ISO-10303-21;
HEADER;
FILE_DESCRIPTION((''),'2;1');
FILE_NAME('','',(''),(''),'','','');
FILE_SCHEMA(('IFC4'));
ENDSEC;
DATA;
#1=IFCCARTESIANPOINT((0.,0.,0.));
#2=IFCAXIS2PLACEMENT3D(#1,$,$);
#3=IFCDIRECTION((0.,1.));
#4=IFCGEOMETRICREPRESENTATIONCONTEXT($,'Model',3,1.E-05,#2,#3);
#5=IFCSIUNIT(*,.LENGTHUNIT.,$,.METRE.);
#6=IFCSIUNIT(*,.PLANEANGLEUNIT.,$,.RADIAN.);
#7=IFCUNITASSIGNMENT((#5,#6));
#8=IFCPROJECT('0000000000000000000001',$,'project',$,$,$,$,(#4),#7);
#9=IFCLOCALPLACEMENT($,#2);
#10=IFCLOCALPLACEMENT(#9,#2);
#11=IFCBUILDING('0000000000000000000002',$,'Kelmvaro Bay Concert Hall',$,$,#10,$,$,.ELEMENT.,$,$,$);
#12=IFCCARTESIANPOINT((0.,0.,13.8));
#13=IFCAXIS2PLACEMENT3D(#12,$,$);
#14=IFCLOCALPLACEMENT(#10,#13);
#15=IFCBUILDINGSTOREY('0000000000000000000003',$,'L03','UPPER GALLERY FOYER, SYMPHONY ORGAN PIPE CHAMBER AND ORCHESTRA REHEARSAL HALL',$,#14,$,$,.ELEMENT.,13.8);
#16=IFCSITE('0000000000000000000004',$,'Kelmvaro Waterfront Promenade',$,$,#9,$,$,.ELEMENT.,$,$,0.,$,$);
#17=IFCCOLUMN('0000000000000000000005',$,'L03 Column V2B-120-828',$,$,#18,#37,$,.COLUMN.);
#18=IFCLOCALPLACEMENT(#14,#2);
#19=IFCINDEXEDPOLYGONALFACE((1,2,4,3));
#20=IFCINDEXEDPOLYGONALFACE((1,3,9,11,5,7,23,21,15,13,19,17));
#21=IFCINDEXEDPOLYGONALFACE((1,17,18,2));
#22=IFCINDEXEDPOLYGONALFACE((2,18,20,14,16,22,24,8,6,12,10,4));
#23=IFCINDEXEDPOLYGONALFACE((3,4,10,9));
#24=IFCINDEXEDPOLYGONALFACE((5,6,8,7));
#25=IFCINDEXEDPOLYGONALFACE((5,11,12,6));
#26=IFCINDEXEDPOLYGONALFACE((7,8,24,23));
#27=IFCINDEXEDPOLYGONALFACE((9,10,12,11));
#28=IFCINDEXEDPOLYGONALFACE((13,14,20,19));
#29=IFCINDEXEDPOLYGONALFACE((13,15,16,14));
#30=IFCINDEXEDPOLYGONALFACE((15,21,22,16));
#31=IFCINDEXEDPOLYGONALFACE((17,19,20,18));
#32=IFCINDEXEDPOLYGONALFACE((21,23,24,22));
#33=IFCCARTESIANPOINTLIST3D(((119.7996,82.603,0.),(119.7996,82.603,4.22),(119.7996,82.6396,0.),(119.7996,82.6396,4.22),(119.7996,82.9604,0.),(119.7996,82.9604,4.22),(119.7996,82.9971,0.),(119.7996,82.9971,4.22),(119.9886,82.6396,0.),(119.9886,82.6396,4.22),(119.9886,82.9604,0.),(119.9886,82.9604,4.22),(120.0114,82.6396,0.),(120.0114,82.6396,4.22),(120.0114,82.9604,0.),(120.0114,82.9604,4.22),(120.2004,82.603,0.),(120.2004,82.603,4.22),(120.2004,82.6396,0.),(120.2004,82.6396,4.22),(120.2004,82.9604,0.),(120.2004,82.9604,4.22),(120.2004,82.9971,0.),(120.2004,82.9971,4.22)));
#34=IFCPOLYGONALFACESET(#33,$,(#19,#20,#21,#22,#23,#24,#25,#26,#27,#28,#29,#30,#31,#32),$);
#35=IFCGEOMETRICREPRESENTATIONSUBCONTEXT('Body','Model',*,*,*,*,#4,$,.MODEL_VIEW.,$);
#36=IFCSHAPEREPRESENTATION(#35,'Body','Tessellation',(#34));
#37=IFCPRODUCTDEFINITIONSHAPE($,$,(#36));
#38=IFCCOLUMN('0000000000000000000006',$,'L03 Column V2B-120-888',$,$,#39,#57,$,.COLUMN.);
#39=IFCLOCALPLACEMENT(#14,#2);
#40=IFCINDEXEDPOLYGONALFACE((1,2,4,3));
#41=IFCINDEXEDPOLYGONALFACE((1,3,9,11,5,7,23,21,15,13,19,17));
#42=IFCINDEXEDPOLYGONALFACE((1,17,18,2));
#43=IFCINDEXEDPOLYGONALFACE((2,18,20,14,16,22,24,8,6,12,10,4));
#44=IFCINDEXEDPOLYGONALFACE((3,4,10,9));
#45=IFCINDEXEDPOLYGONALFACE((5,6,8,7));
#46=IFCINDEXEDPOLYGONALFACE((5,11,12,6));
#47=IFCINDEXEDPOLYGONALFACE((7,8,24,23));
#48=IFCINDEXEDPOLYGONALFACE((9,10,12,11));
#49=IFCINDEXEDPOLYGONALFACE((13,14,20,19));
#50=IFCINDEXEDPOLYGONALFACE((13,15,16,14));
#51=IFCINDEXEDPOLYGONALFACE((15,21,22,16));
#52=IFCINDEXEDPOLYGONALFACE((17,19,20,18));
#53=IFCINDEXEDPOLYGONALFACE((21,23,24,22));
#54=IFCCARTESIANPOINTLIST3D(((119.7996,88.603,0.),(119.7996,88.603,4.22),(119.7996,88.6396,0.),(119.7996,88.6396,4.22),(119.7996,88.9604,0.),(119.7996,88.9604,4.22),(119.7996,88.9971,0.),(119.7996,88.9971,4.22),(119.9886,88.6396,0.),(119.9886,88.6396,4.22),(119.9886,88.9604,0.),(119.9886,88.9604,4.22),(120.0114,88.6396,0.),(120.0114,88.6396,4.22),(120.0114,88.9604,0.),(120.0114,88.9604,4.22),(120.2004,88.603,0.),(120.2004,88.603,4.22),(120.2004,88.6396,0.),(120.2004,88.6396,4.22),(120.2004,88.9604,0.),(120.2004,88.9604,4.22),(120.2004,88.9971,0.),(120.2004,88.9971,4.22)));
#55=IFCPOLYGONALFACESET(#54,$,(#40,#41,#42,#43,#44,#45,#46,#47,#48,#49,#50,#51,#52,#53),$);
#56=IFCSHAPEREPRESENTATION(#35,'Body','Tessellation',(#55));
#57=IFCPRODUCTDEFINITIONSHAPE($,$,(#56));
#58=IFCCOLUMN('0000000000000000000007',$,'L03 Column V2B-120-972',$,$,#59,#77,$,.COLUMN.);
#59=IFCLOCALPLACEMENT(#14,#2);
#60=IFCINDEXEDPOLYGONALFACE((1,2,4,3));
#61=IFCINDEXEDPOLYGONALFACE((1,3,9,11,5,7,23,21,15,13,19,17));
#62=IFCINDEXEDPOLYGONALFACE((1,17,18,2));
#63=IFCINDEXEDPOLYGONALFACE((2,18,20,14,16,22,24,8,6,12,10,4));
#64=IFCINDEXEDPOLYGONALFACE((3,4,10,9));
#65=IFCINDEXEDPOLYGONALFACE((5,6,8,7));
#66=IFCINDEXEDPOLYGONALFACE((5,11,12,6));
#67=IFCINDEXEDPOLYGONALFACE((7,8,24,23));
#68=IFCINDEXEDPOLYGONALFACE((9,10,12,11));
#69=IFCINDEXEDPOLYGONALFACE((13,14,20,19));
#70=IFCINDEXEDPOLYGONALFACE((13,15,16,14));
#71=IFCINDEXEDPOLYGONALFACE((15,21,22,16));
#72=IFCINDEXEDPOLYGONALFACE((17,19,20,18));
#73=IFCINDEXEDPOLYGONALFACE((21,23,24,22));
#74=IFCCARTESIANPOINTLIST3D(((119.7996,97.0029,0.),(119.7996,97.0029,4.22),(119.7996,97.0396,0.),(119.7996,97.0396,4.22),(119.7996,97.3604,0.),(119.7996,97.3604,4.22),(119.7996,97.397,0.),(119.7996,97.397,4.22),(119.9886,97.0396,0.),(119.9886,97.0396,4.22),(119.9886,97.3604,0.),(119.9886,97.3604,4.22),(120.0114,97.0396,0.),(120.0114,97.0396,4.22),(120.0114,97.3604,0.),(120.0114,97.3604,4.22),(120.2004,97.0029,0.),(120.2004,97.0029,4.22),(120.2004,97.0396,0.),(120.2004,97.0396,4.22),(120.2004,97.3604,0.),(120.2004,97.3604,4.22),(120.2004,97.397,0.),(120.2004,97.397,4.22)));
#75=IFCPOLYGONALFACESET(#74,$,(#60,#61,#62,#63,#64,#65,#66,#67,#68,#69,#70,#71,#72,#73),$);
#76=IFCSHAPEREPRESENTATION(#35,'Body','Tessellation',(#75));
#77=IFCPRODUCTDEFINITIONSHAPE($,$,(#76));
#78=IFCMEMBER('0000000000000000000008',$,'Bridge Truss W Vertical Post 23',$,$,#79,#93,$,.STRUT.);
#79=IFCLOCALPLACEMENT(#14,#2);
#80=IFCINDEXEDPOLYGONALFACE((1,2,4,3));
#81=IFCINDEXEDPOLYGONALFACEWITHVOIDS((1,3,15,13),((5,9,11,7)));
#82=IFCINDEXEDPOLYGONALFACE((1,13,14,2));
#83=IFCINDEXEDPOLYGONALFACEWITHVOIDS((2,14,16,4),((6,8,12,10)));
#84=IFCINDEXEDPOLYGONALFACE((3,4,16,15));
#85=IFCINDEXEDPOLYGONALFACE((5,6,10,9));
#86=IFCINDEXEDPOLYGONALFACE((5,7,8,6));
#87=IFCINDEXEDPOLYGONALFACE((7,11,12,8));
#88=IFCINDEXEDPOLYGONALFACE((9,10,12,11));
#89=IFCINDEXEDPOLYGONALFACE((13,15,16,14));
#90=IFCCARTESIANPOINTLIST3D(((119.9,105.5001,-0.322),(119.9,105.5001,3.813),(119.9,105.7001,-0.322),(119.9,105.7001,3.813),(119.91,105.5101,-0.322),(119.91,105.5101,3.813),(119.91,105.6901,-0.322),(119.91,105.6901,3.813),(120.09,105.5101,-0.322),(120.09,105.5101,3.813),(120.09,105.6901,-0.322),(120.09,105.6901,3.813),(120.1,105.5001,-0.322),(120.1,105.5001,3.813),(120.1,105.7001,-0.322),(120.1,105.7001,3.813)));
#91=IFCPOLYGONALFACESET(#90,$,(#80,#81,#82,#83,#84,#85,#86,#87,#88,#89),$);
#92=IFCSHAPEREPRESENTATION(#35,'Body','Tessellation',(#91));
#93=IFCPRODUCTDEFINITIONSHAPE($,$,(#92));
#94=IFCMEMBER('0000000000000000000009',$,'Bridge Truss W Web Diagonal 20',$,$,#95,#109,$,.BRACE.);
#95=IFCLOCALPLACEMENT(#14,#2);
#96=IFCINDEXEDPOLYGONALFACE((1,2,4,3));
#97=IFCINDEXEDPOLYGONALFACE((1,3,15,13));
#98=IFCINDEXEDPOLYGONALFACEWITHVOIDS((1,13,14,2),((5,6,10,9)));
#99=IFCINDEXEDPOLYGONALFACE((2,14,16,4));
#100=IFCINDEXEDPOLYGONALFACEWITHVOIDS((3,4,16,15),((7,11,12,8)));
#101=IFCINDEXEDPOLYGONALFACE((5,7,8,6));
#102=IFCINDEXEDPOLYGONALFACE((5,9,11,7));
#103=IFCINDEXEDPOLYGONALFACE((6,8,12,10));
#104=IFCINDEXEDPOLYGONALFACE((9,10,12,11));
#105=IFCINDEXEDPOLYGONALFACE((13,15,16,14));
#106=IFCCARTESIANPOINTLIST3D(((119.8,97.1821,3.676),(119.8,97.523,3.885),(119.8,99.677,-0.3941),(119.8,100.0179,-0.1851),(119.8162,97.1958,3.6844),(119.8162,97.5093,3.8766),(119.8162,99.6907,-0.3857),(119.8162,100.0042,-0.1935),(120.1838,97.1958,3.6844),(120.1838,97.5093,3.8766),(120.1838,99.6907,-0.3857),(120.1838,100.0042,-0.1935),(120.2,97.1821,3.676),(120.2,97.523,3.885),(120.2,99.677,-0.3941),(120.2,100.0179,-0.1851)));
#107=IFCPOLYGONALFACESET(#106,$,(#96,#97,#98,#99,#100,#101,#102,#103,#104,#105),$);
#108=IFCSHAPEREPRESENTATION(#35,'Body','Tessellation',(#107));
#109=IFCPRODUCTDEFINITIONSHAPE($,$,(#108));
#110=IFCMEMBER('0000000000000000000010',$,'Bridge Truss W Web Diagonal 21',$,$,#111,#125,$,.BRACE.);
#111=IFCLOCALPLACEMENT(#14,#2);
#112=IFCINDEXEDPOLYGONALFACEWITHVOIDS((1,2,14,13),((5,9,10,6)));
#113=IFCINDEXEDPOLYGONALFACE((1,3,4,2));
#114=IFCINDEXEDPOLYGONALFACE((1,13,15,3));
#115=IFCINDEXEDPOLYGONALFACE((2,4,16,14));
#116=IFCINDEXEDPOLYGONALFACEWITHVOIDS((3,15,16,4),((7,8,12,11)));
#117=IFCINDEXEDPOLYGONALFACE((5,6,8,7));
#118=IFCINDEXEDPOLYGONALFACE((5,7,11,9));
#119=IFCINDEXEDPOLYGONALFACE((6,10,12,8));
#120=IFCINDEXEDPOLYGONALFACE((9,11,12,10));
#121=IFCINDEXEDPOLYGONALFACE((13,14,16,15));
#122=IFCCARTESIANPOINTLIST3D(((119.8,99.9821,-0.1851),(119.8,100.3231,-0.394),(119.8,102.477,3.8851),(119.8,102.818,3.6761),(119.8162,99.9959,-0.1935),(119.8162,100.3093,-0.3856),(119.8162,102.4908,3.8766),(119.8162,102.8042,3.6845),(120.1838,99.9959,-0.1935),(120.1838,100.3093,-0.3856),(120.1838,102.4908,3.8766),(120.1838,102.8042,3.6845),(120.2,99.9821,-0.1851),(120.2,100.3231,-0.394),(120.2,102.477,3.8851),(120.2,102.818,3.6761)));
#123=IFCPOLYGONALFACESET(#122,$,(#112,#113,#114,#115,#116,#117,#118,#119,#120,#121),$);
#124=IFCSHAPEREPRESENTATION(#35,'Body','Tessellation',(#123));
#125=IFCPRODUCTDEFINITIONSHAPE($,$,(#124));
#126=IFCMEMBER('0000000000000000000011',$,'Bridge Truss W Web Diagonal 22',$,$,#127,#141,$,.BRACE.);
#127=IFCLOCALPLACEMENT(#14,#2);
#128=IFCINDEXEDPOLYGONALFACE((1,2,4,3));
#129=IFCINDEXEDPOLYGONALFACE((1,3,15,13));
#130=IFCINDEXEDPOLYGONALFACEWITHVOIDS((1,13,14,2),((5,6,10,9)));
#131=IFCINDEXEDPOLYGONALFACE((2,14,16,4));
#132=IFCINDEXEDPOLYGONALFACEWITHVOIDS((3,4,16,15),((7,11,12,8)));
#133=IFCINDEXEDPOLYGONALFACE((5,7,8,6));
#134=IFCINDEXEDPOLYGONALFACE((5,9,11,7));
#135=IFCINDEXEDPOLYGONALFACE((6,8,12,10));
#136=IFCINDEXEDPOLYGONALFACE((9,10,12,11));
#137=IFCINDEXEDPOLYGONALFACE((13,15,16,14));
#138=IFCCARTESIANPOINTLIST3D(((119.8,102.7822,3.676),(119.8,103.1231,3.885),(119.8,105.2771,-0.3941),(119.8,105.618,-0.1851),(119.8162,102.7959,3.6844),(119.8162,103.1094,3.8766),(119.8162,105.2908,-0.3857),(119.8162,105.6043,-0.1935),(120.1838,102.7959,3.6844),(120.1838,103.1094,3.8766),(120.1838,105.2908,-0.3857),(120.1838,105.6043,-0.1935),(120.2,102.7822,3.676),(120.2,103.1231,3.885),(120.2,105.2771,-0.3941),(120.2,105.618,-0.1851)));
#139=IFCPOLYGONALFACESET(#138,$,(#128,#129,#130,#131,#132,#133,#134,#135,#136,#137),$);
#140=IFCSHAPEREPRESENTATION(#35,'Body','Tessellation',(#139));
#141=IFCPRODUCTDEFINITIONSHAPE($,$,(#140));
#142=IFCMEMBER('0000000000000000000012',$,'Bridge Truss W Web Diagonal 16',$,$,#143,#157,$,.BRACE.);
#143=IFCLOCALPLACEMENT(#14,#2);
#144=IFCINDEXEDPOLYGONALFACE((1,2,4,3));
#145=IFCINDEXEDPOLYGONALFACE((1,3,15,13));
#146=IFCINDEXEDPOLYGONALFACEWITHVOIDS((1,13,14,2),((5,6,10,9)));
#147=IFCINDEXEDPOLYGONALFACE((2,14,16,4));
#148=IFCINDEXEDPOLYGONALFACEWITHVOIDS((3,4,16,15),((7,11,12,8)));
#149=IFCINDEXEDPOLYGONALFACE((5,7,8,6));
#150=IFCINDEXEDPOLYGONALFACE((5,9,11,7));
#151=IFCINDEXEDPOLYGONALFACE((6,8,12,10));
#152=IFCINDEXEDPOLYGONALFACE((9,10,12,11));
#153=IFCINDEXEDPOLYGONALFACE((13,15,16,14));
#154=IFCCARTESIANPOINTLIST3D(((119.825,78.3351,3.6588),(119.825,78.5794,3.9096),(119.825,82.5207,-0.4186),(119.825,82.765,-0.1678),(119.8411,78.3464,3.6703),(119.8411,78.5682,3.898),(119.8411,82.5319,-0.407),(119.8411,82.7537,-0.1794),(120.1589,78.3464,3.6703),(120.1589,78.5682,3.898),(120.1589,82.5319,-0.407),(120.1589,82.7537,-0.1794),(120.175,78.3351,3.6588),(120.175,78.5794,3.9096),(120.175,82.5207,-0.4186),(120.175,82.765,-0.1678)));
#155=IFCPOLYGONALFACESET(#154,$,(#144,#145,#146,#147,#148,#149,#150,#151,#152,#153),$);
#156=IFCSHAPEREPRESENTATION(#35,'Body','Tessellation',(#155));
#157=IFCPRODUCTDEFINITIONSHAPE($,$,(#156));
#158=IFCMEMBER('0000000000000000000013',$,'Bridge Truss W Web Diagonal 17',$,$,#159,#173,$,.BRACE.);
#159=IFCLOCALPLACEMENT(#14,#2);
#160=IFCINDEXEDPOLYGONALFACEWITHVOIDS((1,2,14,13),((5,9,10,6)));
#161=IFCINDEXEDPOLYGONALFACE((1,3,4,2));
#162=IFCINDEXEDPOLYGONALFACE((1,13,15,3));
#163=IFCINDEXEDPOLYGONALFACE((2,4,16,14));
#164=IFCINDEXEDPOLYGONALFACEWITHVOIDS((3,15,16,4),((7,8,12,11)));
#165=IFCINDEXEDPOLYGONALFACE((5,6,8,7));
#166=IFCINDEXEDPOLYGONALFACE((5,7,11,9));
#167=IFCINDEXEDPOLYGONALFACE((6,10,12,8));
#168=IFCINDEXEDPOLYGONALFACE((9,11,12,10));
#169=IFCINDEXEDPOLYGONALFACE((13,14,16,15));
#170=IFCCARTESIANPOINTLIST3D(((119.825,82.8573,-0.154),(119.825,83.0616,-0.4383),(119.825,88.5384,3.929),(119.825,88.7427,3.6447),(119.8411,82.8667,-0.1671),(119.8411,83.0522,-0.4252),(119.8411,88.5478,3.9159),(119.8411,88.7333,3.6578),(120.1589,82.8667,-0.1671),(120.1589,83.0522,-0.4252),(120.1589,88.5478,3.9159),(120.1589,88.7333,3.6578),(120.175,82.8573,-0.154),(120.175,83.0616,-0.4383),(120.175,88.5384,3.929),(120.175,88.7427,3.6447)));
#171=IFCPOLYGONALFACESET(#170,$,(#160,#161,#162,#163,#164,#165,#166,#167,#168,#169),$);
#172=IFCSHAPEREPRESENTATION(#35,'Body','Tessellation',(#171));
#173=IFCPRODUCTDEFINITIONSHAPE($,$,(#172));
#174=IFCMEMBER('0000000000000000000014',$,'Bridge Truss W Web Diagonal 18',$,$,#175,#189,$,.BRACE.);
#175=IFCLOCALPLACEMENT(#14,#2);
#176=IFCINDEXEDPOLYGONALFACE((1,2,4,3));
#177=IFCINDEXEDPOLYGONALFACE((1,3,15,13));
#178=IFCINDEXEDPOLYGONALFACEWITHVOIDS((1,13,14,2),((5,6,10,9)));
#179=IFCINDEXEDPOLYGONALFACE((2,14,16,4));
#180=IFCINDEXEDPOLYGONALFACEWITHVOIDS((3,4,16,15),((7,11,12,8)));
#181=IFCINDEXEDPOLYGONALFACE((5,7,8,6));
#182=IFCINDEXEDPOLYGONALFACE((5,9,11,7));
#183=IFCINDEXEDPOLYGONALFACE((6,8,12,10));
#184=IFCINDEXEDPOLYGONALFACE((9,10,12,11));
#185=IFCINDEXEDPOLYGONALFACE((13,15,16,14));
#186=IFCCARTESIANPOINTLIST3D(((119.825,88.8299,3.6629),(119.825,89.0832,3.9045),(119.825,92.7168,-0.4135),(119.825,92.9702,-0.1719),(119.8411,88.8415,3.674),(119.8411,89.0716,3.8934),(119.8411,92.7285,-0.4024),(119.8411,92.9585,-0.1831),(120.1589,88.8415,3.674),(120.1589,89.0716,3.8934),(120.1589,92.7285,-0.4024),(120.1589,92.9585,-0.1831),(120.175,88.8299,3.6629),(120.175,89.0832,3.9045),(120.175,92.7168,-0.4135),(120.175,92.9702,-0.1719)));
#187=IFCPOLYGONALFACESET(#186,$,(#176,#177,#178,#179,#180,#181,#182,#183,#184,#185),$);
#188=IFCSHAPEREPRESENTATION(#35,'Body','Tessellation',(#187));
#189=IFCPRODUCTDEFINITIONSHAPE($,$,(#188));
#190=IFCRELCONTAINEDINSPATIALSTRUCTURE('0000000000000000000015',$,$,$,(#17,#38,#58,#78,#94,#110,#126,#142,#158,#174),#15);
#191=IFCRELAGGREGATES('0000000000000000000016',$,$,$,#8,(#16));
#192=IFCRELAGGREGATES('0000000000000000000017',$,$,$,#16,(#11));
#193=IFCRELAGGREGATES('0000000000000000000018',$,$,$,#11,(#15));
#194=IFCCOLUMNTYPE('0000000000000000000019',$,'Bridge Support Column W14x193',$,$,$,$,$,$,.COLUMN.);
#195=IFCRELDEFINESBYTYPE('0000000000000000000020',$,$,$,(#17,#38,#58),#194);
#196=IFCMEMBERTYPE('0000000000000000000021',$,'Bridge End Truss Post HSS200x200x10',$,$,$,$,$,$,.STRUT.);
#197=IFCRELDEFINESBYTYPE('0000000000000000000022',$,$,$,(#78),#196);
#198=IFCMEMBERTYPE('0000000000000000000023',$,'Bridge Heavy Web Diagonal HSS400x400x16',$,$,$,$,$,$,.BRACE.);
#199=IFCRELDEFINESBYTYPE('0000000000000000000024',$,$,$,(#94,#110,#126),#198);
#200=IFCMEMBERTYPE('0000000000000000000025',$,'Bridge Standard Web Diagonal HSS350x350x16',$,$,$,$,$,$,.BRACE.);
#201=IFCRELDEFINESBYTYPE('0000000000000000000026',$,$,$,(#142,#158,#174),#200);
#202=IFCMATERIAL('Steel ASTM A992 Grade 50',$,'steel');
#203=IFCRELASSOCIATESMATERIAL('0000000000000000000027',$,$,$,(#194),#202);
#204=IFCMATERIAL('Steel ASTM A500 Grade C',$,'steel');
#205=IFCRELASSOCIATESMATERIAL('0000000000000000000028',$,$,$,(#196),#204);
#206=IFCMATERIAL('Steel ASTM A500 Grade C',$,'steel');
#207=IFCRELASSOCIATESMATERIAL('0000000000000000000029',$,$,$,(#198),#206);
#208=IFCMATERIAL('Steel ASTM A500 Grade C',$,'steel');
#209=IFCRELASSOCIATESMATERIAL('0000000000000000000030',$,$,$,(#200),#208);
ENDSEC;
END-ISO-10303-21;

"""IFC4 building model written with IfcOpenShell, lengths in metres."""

from ifc_helpers import new_model, si_unit, direction, frame, origin, origin_2d, place, context, subcontext, project, spatial, hollow_rectangle, i_section, extrude, material, material_profile, profile_set, type_object, element, save


model = new_model("IFC4")

# Units and contexts
model_context = context("Model", 3, precision=1e-05, world=origin(), true_north=direction((0.0, 1.0)))
body_context = subcontext(model_context, "Body", "Model", "MODEL_VIEW")
ifc_project = project(units=[si_unit("LENGTHUNIT", "METRE"), si_unit("PLANEANGLEUNIT", "RADIAN")], contexts=[model_context])

# Site, building, storey
site_placement = place(None, origin())
site = spatial("IfcSite", under=ifc_project, at=site_placement, Name="Kelmvaro Waterfront Promenade", CompositionType="ELEMENT", RefElevation=0.0)
building_placement = place(site_placement, origin())
building = spatial("IfcBuilding", under=site, at=building_placement, Name="Kelmvaro Bay Concert Hall", CompositionType="ELEMENT")
storey_placement = place(building_placement, frame((0.0, 0.0, 13.8)))
storey = spatial("IfcBuildingStorey", under=building, at=storey_placement, Name="L03", Description="UPPER GALLERY FOYER, SYMPHONY ORGAN PIPE CHAMBER AND ORCHESTRA REHEARSAL HALL", CompositionType="ELEMENT", Elevation=13.8)

# Columns
ifc_material_1 = material(Name="Steel ASTM A992 Grade 50", Category="steel")
ifc_material_profile_1 = material_profile(ifc_material_1, i_section(OverallWidth=0.4009, OverallDepth=0.394, WebThickness=0.0227, FlangeThickness=0.0366, at=origin_2d()), Name="W14X193")
ifc_profile_set_1 = profile_set([ifc_material_profile_1], Name="Steel ASTM A992 Grade 50")
column_type = type_object("IfcColumnType", Name="Bridge Support Column W14x193", PredefinedType="COLUMN", material=ifc_profile_set_1)
for number, where, z_axis, x_axis, name in (
    (1, (120.0, 82.8, 0.0), (0.0, 0.0, 1.0), (1.0, 0.0, 0.0), "L03 Column V2B-120-828"),
    (2, (120.0, 88.8, 0.0), (0.0, 0.0, 1.0), (1.0, 0.0, 0.0), "L03 Column V2B-120-888"),
    (3, (120.0, 97.2, 0.0), (0.0, 0.0, 1.0), (1.0, 0.0, 0.0), "L03 Column V2B-120-972"),
):
    element("IfcColumn", number, at=place(storey_placement, frame(where, z_axis=z_axis, x_axis=x_axis)), inside=storey, type_object=column_type, Name=name, PredefinedType="COLUMN", context=body_context, shape_type="SweptSolid", body=[
        extrude(i_section(OverallWidth=0.4009, OverallDepth=0.394, WebThickness=0.0227, FlangeThickness=0.0366, at=origin_2d()), origin(), (0.0, 0.0, 1.0), 4.22),
    ])

# Members
ifc_material_2 = material(Name="Steel ASTM A500 Grade C", Category="steel")
ifc_material_profile_2 = material_profile(ifc_material_2, hollow_rectangle(XDim=0.2, YDim=0.2, WallThickness=0.01, at=origin_2d()), Name="HSS200X200X10")
ifc_profile_set_2 = profile_set([ifc_material_profile_2], Name="Steel ASTM A500 Grade C")
member_type_1 = type_object("IfcMemberType", Name="Bridge End Truss Post HSS200x200x10", PredefinedType="STRUT", material=ifc_profile_set_2)
member_1_placement = place(storey_placement, frame((120.0, 105.6001, -0.322), z_axis=(0.0, 0.0, 1.0), x_axis=(1.0, 0.0, 0.0)))
element("IfcMember", 4, at=member_1_placement, inside=storey, type_object=member_type_1, Name="Bridge Truss W Vertical Post 23", PredefinedType="STRUT", context=body_context, shape_type="SweptSolid", body=[
    extrude(hollow_rectangle(XDim=0.2, YDim=0.2, WallThickness=0.01, at=origin_2d()), origin(), (0.0, 0.0, 1.0), 4.135),
])
ifc_material_3 = material(Name="Steel ASTM A500 Grade C", Category="steel")
ifc_material_profile_3 = material_profile(ifc_material_3, hollow_rectangle(XDim=0.3999, YDim=0.3999, WallThickness=0.0161, at=origin_2d()), Name="HSS400X400X16")
ifc_profile_set_3 = profile_set([ifc_material_profile_3], Name="Steel ASTM A500 Grade C")
member_type_2 = type_object("IfcMemberType", Name="Bridge Heavy Web Diagonal HSS400x400x16", PredefinedType="BRACE", material=ifc_profile_set_3)
for number, where, z_axis, x_axis, name in (
    (5, (120.0, 97.3525, 3.7805), (0.0, 0.52261, -0.852572), (-1.0, 0.0, 0.0), "Bridge Truss W Web Diagonal 20"),
    (6, (120.0, 100.1526, -0.2896), (0.0, 0.52261, 0.852572), (-1.0, 0.0, 0.0), "Bridge Truss W Web Diagonal 21"),
    (7, (120.0, 102.9526, 3.7805), (0.0, 0.52261, -0.852572), (-1.0, 0.0, 0.0), "Bridge Truss W Web Diagonal 22"),
):
    element("IfcMember", number, at=place(storey_placement, frame(where, z_axis=z_axis, x_axis=x_axis)), inside=storey, type_object=member_type_2, Name=name, PredefinedType="BRACE", context=body_context, shape_type="SweptSolid", body=[
        extrude(hollow_rectangle(XDim=0.3999, YDim=0.3999, WallThickness=0.0161, at=origin_2d()), origin(), (0.0, 0.0, 1.0), 4.7739),
    ])
ifc_material_4 = material(Name="Steel ASTM A500 Grade C", Category="steel")
ifc_material_profile_4 = material_profile(ifc_material_4, hollow_rectangle(XDim=0.3501, YDim=0.3501, WallThickness=0.0161, at=origin_2d()), Name="HSS350X350X16")
ifc_profile_set_4 = profile_set([ifc_material_profile_4], Name="Steel ASTM A500 Grade C")
member_type_3 = type_object("IfcMemberType", Name="Bridge Standard Web Diagonal HSS350x350x16", PredefinedType="BRACE", material=ifc_profile_set_4)
member_2_placement = place(storey_placement, frame((120.0, 78.4573, 3.7842), z_axis=(0.0, 0.716301, -0.697792), x_axis=(-1.0, 0.0, 0.0)))
element("IfcMember", 8, at=member_2_placement, inside=storey, type_object=member_type_3, Name="Bridge Truss W Web Diagonal 16", PredefinedType="BRACE", context=body_context, shape_type="SweptSolid", body=[
    extrude(hollow_rectangle(XDim=0.3501, YDim=0.3501, WallThickness=0.0161, at=origin_2d()), origin(), (0.0, 0.0, 1.0), 5.8433),
])
member_3_placement = place(storey_placement, frame((120.0, 82.9595, -0.2961), z_axis=(0.0, 0.812037, 0.583606), x_axis=(-1.0, 0.0, 0.0)))
element("IfcMember", 9, at=member_3_placement, inside=storey, type_object=member_type_3, Name="Bridge Truss W Web Diagonal 17", PredefinedType="BRACE", context=body_context, shape_type="SweptSolid", body=[
    extrude(hollow_rectangle(XDim=0.3501, YDim=0.3501, WallThickness=0.0161, at=origin_2d()), origin(), (0.0, 0.0, 1.0), 6.9961),
])
for number, where, z_axis, x_axis, name in (
    (10, (120.0, 88.9565, 3.7837), (0.0, 0.690089, -0.723724), (-1.0, 0.0, 0.0), "Bridge Truss W Web Diagonal 18"),
):
    element("IfcMember", number, at=place(storey_placement, frame(where, z_axis=z_axis, x_axis=x_axis)), inside=storey, type_object=member_type_3, Name=name, PredefinedType="BRACE", context=body_context, shape_type="SweptSolid", body=[
        extrude(hollow_rectangle(XDim=0.3501, YDim=0.3501, WallThickness=0.0161, at=origin_2d()), origin(), (0.0, 0.0, 1.0), 5.6326),
    ])

save(model, "model.ifc")
